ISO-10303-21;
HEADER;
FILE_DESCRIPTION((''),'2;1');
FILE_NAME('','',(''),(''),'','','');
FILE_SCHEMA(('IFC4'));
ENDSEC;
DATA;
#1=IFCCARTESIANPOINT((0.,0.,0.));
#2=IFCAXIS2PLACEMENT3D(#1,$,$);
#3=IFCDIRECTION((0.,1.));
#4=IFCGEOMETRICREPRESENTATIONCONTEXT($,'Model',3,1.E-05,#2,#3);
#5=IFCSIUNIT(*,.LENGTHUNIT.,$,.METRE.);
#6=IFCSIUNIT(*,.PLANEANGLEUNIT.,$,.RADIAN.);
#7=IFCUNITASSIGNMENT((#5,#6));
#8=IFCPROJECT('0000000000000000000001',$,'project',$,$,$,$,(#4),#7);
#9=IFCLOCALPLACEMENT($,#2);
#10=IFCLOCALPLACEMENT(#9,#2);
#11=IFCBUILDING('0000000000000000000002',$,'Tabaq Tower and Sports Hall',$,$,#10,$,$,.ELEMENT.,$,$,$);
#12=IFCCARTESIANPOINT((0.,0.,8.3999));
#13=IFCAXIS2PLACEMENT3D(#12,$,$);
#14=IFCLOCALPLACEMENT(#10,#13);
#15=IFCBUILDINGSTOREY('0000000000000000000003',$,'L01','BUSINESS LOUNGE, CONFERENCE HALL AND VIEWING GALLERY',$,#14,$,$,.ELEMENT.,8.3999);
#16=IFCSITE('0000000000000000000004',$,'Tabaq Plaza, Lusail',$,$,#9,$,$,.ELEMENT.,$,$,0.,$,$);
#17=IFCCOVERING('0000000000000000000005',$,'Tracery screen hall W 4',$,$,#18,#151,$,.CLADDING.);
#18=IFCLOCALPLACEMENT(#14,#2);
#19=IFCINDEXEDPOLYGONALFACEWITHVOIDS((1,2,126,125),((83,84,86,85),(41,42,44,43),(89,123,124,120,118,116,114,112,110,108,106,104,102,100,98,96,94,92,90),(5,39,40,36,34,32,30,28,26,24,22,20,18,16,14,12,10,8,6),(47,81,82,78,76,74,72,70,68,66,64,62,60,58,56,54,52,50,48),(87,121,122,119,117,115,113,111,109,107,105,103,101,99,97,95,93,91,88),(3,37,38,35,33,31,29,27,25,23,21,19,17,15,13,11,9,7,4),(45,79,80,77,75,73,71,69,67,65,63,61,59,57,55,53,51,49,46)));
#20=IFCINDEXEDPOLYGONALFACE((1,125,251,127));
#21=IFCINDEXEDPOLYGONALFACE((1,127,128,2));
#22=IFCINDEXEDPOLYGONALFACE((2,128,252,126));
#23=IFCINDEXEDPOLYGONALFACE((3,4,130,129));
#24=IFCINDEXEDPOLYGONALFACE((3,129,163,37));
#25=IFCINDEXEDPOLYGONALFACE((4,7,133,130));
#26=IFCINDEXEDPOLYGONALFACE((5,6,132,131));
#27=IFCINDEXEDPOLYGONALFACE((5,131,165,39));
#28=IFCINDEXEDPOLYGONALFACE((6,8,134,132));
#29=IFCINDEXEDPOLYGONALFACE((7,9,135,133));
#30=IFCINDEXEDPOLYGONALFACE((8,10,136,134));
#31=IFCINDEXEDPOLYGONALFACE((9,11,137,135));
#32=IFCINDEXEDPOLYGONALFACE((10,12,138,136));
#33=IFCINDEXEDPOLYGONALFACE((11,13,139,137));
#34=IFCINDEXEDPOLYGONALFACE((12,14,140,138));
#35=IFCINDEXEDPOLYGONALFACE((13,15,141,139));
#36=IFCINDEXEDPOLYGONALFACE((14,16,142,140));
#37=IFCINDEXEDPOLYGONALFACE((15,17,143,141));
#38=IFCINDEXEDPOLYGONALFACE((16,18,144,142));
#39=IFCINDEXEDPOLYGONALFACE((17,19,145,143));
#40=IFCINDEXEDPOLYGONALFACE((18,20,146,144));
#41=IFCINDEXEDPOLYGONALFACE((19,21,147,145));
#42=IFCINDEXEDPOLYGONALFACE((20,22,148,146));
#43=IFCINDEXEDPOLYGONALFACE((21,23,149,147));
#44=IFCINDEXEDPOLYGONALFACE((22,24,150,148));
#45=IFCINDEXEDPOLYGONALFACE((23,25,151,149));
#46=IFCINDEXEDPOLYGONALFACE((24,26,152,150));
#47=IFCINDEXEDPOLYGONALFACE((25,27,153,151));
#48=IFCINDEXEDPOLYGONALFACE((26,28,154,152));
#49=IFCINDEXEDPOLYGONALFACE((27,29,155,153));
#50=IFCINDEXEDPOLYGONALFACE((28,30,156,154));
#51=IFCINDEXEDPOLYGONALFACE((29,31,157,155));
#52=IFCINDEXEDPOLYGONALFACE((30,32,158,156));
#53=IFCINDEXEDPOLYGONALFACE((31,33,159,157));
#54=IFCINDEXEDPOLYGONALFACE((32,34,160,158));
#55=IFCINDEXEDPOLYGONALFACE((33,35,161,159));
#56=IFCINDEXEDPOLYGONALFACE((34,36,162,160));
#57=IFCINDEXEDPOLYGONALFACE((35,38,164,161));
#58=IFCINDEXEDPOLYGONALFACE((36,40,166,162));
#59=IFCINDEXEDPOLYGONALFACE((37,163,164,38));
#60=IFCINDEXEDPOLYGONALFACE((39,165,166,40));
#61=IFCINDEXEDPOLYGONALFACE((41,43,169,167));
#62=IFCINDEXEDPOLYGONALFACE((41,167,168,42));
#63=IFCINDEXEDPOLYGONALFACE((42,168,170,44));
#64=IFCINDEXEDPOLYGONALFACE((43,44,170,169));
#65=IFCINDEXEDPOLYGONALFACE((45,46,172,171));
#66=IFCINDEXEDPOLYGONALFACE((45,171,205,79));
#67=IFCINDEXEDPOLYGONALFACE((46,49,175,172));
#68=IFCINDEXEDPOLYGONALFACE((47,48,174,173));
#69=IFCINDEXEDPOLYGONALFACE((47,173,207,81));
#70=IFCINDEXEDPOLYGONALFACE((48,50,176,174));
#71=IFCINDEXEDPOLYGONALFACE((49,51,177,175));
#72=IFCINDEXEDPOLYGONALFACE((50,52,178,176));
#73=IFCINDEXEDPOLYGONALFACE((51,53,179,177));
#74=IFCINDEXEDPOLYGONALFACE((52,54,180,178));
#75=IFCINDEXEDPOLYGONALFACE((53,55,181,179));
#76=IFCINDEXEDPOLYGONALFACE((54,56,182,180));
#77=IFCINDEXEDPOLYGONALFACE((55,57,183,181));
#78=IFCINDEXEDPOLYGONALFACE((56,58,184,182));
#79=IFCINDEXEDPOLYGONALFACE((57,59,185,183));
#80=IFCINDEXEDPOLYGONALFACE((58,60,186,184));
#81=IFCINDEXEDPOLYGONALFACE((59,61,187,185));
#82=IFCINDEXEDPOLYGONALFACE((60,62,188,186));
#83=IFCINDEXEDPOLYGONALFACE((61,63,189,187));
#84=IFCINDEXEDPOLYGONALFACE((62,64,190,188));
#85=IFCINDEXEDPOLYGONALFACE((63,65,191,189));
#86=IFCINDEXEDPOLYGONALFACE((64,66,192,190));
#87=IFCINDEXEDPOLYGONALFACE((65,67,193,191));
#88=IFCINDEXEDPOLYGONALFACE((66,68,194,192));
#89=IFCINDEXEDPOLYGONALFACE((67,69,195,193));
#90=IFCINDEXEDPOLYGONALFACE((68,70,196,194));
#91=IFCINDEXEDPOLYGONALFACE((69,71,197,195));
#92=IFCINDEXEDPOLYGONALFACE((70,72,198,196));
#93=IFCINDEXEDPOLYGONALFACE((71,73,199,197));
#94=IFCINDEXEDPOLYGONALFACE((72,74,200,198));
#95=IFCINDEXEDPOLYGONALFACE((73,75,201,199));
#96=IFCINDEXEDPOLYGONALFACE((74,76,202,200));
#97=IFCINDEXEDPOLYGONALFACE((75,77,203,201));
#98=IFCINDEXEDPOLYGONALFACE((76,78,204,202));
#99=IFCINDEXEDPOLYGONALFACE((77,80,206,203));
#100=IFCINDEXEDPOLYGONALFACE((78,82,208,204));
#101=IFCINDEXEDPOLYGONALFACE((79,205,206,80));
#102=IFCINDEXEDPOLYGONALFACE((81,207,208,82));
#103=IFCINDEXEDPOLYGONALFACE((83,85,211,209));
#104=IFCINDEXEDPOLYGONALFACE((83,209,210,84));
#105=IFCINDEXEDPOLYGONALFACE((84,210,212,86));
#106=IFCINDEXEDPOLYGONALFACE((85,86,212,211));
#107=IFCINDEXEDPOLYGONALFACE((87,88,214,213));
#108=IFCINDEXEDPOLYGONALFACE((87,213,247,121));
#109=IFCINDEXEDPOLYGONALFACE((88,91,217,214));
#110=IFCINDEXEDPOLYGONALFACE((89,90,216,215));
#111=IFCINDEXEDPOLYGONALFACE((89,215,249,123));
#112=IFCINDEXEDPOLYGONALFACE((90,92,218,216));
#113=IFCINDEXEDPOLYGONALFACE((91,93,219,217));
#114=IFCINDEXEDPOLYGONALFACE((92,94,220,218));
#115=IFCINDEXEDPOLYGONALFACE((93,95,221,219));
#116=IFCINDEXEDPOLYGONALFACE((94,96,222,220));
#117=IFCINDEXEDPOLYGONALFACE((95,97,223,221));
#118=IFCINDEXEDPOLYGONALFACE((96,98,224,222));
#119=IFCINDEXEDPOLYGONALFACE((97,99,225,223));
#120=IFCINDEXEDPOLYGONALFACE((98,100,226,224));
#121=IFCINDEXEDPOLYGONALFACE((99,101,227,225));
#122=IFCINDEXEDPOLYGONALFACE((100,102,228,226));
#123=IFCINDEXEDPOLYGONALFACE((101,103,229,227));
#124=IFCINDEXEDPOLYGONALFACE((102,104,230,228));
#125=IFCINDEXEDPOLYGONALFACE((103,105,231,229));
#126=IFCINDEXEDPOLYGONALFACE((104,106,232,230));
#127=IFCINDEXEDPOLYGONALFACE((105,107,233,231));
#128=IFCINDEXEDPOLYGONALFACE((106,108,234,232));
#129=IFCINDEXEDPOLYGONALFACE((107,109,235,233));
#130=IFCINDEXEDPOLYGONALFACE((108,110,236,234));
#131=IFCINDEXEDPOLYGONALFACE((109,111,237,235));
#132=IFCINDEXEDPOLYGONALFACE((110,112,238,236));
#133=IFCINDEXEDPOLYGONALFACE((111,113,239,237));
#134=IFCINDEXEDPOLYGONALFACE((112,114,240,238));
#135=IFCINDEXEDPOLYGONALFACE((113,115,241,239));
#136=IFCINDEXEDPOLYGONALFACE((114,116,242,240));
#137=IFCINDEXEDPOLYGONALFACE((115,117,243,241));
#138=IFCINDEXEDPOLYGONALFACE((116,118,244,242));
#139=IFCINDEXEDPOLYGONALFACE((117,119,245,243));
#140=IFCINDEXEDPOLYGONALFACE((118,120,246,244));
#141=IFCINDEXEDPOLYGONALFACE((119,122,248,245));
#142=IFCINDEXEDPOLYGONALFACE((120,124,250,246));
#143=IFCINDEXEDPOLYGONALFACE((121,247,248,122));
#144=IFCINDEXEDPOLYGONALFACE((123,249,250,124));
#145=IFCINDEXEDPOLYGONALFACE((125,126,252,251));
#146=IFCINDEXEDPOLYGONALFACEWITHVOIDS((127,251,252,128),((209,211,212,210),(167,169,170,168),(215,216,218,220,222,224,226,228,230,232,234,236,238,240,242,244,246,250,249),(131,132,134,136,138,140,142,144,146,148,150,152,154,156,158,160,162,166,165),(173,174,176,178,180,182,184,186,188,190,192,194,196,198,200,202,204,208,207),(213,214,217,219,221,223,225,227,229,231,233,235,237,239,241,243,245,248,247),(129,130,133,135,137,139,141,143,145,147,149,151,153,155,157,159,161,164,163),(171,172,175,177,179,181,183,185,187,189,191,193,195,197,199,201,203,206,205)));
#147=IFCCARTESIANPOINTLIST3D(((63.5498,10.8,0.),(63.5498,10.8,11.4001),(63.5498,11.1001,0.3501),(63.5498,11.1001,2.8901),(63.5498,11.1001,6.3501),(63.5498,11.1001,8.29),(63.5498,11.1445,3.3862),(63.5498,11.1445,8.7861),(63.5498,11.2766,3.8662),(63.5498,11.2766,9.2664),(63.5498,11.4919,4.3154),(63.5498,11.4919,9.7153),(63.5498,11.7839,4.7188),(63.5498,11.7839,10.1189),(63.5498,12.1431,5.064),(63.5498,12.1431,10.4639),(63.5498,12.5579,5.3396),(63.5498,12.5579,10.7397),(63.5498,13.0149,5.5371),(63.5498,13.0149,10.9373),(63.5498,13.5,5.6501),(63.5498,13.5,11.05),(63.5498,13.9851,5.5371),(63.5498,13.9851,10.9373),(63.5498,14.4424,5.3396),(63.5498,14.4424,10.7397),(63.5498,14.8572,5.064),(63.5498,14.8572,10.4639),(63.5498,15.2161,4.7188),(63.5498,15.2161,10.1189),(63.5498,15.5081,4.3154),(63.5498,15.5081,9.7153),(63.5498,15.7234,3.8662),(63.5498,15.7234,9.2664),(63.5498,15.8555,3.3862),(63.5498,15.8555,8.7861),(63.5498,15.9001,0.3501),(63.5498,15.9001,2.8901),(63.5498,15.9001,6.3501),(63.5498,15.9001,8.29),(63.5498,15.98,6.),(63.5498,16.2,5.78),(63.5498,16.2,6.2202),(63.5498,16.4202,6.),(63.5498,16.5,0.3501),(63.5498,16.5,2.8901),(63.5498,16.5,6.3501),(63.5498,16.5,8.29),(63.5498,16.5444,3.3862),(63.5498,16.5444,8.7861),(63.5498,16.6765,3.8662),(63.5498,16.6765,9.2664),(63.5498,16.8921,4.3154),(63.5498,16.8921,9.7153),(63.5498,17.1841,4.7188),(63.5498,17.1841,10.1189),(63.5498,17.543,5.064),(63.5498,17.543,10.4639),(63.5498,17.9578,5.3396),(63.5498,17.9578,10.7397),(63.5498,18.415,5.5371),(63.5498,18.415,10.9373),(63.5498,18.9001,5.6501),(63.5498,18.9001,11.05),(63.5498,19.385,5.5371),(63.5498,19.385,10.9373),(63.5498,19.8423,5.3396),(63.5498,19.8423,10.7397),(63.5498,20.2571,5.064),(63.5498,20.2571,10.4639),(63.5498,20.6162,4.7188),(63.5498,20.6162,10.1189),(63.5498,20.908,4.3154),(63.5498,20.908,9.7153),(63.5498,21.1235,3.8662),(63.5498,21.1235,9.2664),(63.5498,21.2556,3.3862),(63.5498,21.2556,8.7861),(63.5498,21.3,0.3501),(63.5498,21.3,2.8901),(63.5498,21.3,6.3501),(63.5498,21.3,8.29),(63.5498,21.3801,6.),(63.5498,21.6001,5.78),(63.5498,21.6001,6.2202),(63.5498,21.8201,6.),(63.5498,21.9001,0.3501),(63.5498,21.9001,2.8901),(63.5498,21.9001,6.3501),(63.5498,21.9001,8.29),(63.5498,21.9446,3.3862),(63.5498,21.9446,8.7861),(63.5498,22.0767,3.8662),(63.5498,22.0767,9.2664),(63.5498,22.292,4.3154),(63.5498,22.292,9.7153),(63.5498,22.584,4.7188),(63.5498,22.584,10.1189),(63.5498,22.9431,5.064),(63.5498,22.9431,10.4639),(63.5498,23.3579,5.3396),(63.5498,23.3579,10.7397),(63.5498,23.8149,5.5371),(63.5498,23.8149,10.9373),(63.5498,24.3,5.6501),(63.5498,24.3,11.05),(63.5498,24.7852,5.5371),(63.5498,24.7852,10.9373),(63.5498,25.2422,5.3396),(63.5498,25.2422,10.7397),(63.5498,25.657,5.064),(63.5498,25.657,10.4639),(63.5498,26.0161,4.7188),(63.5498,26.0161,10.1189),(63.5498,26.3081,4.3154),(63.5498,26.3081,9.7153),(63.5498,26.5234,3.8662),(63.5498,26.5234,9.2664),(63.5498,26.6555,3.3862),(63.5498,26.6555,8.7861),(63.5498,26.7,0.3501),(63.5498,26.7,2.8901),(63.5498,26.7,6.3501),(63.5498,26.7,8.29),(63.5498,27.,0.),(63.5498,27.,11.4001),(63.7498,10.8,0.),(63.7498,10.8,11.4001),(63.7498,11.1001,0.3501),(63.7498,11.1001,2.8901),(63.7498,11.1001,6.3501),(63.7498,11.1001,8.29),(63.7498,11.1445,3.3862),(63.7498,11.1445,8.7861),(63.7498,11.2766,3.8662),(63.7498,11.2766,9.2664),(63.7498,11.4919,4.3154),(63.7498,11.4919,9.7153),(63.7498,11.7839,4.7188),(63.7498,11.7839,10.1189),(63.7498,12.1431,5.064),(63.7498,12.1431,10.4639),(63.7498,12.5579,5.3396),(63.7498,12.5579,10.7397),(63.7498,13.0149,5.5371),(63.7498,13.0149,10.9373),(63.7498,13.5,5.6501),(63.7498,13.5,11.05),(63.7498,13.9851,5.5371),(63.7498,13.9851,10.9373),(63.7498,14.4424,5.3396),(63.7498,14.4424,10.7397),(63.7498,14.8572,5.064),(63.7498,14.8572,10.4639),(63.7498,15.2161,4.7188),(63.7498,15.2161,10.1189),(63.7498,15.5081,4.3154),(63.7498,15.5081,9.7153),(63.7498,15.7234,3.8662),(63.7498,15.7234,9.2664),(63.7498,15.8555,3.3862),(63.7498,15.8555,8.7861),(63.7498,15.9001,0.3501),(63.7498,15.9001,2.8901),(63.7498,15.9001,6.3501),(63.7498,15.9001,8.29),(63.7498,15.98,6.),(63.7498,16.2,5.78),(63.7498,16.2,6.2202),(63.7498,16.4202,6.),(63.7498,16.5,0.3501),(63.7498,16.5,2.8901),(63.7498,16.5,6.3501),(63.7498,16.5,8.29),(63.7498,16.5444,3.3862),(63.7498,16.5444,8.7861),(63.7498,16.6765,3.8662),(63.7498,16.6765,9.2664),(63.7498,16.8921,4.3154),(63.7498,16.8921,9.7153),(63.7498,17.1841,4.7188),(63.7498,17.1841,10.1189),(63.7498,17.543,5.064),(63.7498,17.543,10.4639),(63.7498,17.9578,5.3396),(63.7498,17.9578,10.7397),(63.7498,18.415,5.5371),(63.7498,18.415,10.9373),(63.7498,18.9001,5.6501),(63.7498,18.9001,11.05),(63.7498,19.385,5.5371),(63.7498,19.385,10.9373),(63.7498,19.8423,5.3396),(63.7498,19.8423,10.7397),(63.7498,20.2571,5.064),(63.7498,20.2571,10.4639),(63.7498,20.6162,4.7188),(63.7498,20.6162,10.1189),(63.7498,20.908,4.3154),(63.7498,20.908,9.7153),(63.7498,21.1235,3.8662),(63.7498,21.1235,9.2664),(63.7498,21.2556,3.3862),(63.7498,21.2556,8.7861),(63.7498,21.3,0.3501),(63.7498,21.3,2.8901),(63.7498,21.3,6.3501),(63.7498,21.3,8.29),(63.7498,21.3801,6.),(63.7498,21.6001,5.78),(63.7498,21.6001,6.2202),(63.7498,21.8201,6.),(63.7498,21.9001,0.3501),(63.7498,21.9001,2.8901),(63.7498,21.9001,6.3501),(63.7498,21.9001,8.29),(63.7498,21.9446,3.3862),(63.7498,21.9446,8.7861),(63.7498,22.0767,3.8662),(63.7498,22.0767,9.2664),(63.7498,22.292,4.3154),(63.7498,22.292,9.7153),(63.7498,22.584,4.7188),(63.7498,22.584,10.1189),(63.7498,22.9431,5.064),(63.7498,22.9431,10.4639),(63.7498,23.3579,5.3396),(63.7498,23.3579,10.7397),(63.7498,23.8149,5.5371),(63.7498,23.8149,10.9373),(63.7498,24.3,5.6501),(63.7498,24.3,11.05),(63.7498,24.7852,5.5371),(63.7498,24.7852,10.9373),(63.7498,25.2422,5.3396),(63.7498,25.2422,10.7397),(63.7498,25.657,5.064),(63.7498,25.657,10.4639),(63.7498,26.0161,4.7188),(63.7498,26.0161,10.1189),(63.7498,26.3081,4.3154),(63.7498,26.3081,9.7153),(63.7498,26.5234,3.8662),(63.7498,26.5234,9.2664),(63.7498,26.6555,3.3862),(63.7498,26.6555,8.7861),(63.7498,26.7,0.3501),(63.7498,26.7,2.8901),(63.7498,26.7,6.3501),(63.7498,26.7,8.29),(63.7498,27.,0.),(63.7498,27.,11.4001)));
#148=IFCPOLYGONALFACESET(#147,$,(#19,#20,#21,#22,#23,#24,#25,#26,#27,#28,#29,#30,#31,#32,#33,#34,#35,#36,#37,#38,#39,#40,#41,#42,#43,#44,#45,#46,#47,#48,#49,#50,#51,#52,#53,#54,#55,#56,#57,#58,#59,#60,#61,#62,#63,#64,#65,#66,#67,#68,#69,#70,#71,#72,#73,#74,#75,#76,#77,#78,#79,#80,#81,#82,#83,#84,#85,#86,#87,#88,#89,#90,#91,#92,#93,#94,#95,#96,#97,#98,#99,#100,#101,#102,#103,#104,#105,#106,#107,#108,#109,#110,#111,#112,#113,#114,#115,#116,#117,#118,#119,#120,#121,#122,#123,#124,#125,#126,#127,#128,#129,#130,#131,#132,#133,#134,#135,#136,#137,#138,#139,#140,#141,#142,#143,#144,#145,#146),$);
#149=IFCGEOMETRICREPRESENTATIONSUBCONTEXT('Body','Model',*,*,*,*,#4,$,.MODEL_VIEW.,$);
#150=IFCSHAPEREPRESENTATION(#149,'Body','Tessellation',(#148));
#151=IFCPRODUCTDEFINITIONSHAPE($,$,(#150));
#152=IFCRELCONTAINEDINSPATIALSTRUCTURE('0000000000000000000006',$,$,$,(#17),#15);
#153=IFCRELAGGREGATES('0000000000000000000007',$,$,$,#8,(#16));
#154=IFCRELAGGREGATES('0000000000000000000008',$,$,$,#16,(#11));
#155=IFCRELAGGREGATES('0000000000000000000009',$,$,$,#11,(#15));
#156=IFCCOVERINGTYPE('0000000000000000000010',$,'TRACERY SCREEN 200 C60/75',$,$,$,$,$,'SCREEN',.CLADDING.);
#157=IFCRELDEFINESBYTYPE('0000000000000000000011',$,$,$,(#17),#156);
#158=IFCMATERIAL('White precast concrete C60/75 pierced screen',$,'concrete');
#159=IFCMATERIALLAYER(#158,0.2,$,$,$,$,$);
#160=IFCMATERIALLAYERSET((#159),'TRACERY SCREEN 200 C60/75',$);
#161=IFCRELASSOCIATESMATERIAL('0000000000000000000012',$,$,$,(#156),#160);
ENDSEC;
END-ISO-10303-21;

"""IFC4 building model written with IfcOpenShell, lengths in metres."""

from ifc_helpers import new_model, si_unit, direction, frame, origin, place, context, subcontext, project, spatial, polyline, outline, extrude, material, layer, layer_set, type_object, element, save


model = new_model("IFC4")

# Units and contexts
model_context = context("Model", 3, precision=1e-05, world=origin(), true_north=direction((0.0, 1.0)))
body_context = subcontext(model_context, "Body", "Model", "MODEL_VIEW")
ifc_project = project(units=[si_unit("LENGTHUNIT", "METRE"), si_unit("PLANEANGLEUNIT", "RADIAN")], contexts=[model_context])

# Site, building, storey
site_placement = place(None, origin())
site = spatial("IfcSite", under=ifc_project, at=site_placement, Name="Tabaq Plaza, Lusail", CompositionType="ELEMENT", RefElevation=0.0)
building_placement = place(site_placement, origin())
building = spatial("IfcBuilding", under=site, at=building_placement, Name="Tabaq Tower and Sports Hall", CompositionType="ELEMENT")
storey_placement = place(building_placement, frame((0.0, 0.0, 8.3999)))
storey = spatial("IfcBuildingStorey", under=building, at=storey_placement, Name="L01", Description="BUSINESS LOUNGE, CONFERENCE HALL AND VIEWING GALLERY", CompositionType="ELEMENT", Elevation=8.3999)

# Covering
ifc_material_1 = material(Name="White precast concrete C60/75 pierced screen", Category="concrete")
ifc_layer_1 = layer(ifc_material_1, 0.2)
ifc_layer_set_1 = layer_set([ifc_layer_1], Name="TRACERY SCREEN 200 C60/75")
covering_type_1 = type_object("IfcCoveringType", Name="TRACERY SCREEN 200 C60/75", ElementType="SCREEN", PredefinedType="CLADDING", material=ifc_layer_set_1)
covering_1_placement = place(storey_placement, frame((63.6499, 10.8, 0.0), z_axis=(0.0, 0.0, 1.0), x_axis=(0.0, 1.0, 0.0)))
element("IfcCovering", 1, at=covering_1_placement, inside=storey, type_object=covering_type_1, Name="Tracery screen hall W 4", PredefinedType="CLADDING", context=body_context, shape_type="SweptSolid", body=[
    extrude(outline(polyline([(0.0, 0.0), (16.2, 0.0), (16.2, 11.4001), (0.0, 11.4001), (0.0, 0.0)]), holes=[polyline([(0.3, 0.3501), (5.1001, 0.3501), (5.1001, 2.8901), (5.0554, 3.3862), (4.9233, 3.8662), (4.708, 4.3154), (4.416, 4.7188), (4.0571, 5.064), (3.6423, 5.3396), (3.1851, 5.5371), (2.7, 5.6501), (2.2148, 5.5371), (1.7578, 5.3396), (1.343, 5.064), (0.9839, 4.7188), (0.6919, 4.3154), (0.4766, 3.8662), (0.3445, 3.3862), (0.3, 2.8901), (0.3, 0.3501)]), polyline([(5.7, 0.3501), (10.5, 0.3501), (10.5, 2.8901), (10.4556, 3.3862), (10.3235, 3.8662), (10.1079, 4.3154), (9.8162, 4.7188), (9.457, 5.064), (9.0422, 5.3396), (8.585, 5.5371), (8.1001, 5.6501), (7.615, 5.5371), (7.1577, 5.3396), (6.7429, 5.064), (6.384, 4.7188), (6.092, 4.3154), (5.8765, 3.8662), (5.7444, 3.3862), (5.7, 2.8901), (5.7, 0.3501)]), polyline([(11.1001, 0.3501), (15.8999, 0.3501), (15.8999, 2.8901), (15.8555, 3.3862), (15.7234, 3.8662), (15.5081, 4.3154), (15.2161, 4.7188), (14.8569, 5.064), (14.4421, 5.3396), (13.9851, 5.5371), (13.5, 5.6501), (13.0149, 5.5371), (12.5579, 5.3396), (12.1431, 5.064), (11.7839, 4.7188), (11.4919, 4.3154), (11.2766, 3.8662), (11.1445, 3.3862), (11.1001, 2.8901), (11.1001, 0.3501)]), polyline([(0.3, 6.3501), (5.1001, 6.3501), (5.1001, 8.29), (5.0554, 8.7861), (4.9233, 9.2664), (4.708, 9.7153), (4.416, 10.1189), (4.0571, 10.4639), (3.6423, 10.7397), (3.1851, 10.9373), (2.7, 11.05), (2.2148, 10.9373), (1.7578, 10.7397), (1.343, 10.4639), (0.9839, 10.1189), (0.6919, 9.7153), (0.4766, 9.2664), (0.3445, 8.7861), (0.3, 8.29), (0.3, 6.3501)]), polyline([(5.7, 6.3501), (10.5, 6.3501), (10.5, 8.29), (10.4556, 8.7861), (10.3235, 9.2664), (10.1079, 9.7153), (9.8162, 10.1189), (9.457, 10.4639), (9.0422, 10.7397), (8.585, 10.9373), (8.1001, 11.05), (7.615, 10.9373), (7.1577, 10.7397), (6.7429, 10.4639), (6.384, 10.1189), (6.092, 9.7153), (5.8765, 9.2664), (5.7444, 8.7861), (5.7, 8.29), (5.7, 6.3501)]), polyline([(11.1001, 6.3501), (15.8999, 6.3501), (15.8999, 8.29), (15.8555, 8.7861), (15.7234, 9.2664), (15.5081, 9.7153), (15.2161, 10.1189), (14.8569, 10.4639), (14.4421, 10.7397), (13.9851, 10.9373), (13.5, 11.05), (13.0149, 10.9373), (12.5579, 10.7397), (12.1431, 10.4639), (11.7839, 10.1189), (11.4919, 9.7153), (11.2766, 9.2664), (11.1445, 8.7861), (11.1001, 8.29), (11.1001, 6.3501)]), polyline([(5.6201, 6.0), (5.3999, 6.2202), (5.1799, 6.0), (5.3999, 5.78), (5.6201, 6.0)]), polyline([(11.02, 6.0), (10.8, 6.2202), (10.5801, 6.0), (10.8, 5.78), (11.02, 6.0)])]), frame((0.0, 0.1001, 0.0), z_axis=(0.0, -1.0, 0.0), x_axis=(1.0, 0.0, 0.0)), (0.0, 0.0, 1.0), 0.2),
])

save(model, "model.ifc")
